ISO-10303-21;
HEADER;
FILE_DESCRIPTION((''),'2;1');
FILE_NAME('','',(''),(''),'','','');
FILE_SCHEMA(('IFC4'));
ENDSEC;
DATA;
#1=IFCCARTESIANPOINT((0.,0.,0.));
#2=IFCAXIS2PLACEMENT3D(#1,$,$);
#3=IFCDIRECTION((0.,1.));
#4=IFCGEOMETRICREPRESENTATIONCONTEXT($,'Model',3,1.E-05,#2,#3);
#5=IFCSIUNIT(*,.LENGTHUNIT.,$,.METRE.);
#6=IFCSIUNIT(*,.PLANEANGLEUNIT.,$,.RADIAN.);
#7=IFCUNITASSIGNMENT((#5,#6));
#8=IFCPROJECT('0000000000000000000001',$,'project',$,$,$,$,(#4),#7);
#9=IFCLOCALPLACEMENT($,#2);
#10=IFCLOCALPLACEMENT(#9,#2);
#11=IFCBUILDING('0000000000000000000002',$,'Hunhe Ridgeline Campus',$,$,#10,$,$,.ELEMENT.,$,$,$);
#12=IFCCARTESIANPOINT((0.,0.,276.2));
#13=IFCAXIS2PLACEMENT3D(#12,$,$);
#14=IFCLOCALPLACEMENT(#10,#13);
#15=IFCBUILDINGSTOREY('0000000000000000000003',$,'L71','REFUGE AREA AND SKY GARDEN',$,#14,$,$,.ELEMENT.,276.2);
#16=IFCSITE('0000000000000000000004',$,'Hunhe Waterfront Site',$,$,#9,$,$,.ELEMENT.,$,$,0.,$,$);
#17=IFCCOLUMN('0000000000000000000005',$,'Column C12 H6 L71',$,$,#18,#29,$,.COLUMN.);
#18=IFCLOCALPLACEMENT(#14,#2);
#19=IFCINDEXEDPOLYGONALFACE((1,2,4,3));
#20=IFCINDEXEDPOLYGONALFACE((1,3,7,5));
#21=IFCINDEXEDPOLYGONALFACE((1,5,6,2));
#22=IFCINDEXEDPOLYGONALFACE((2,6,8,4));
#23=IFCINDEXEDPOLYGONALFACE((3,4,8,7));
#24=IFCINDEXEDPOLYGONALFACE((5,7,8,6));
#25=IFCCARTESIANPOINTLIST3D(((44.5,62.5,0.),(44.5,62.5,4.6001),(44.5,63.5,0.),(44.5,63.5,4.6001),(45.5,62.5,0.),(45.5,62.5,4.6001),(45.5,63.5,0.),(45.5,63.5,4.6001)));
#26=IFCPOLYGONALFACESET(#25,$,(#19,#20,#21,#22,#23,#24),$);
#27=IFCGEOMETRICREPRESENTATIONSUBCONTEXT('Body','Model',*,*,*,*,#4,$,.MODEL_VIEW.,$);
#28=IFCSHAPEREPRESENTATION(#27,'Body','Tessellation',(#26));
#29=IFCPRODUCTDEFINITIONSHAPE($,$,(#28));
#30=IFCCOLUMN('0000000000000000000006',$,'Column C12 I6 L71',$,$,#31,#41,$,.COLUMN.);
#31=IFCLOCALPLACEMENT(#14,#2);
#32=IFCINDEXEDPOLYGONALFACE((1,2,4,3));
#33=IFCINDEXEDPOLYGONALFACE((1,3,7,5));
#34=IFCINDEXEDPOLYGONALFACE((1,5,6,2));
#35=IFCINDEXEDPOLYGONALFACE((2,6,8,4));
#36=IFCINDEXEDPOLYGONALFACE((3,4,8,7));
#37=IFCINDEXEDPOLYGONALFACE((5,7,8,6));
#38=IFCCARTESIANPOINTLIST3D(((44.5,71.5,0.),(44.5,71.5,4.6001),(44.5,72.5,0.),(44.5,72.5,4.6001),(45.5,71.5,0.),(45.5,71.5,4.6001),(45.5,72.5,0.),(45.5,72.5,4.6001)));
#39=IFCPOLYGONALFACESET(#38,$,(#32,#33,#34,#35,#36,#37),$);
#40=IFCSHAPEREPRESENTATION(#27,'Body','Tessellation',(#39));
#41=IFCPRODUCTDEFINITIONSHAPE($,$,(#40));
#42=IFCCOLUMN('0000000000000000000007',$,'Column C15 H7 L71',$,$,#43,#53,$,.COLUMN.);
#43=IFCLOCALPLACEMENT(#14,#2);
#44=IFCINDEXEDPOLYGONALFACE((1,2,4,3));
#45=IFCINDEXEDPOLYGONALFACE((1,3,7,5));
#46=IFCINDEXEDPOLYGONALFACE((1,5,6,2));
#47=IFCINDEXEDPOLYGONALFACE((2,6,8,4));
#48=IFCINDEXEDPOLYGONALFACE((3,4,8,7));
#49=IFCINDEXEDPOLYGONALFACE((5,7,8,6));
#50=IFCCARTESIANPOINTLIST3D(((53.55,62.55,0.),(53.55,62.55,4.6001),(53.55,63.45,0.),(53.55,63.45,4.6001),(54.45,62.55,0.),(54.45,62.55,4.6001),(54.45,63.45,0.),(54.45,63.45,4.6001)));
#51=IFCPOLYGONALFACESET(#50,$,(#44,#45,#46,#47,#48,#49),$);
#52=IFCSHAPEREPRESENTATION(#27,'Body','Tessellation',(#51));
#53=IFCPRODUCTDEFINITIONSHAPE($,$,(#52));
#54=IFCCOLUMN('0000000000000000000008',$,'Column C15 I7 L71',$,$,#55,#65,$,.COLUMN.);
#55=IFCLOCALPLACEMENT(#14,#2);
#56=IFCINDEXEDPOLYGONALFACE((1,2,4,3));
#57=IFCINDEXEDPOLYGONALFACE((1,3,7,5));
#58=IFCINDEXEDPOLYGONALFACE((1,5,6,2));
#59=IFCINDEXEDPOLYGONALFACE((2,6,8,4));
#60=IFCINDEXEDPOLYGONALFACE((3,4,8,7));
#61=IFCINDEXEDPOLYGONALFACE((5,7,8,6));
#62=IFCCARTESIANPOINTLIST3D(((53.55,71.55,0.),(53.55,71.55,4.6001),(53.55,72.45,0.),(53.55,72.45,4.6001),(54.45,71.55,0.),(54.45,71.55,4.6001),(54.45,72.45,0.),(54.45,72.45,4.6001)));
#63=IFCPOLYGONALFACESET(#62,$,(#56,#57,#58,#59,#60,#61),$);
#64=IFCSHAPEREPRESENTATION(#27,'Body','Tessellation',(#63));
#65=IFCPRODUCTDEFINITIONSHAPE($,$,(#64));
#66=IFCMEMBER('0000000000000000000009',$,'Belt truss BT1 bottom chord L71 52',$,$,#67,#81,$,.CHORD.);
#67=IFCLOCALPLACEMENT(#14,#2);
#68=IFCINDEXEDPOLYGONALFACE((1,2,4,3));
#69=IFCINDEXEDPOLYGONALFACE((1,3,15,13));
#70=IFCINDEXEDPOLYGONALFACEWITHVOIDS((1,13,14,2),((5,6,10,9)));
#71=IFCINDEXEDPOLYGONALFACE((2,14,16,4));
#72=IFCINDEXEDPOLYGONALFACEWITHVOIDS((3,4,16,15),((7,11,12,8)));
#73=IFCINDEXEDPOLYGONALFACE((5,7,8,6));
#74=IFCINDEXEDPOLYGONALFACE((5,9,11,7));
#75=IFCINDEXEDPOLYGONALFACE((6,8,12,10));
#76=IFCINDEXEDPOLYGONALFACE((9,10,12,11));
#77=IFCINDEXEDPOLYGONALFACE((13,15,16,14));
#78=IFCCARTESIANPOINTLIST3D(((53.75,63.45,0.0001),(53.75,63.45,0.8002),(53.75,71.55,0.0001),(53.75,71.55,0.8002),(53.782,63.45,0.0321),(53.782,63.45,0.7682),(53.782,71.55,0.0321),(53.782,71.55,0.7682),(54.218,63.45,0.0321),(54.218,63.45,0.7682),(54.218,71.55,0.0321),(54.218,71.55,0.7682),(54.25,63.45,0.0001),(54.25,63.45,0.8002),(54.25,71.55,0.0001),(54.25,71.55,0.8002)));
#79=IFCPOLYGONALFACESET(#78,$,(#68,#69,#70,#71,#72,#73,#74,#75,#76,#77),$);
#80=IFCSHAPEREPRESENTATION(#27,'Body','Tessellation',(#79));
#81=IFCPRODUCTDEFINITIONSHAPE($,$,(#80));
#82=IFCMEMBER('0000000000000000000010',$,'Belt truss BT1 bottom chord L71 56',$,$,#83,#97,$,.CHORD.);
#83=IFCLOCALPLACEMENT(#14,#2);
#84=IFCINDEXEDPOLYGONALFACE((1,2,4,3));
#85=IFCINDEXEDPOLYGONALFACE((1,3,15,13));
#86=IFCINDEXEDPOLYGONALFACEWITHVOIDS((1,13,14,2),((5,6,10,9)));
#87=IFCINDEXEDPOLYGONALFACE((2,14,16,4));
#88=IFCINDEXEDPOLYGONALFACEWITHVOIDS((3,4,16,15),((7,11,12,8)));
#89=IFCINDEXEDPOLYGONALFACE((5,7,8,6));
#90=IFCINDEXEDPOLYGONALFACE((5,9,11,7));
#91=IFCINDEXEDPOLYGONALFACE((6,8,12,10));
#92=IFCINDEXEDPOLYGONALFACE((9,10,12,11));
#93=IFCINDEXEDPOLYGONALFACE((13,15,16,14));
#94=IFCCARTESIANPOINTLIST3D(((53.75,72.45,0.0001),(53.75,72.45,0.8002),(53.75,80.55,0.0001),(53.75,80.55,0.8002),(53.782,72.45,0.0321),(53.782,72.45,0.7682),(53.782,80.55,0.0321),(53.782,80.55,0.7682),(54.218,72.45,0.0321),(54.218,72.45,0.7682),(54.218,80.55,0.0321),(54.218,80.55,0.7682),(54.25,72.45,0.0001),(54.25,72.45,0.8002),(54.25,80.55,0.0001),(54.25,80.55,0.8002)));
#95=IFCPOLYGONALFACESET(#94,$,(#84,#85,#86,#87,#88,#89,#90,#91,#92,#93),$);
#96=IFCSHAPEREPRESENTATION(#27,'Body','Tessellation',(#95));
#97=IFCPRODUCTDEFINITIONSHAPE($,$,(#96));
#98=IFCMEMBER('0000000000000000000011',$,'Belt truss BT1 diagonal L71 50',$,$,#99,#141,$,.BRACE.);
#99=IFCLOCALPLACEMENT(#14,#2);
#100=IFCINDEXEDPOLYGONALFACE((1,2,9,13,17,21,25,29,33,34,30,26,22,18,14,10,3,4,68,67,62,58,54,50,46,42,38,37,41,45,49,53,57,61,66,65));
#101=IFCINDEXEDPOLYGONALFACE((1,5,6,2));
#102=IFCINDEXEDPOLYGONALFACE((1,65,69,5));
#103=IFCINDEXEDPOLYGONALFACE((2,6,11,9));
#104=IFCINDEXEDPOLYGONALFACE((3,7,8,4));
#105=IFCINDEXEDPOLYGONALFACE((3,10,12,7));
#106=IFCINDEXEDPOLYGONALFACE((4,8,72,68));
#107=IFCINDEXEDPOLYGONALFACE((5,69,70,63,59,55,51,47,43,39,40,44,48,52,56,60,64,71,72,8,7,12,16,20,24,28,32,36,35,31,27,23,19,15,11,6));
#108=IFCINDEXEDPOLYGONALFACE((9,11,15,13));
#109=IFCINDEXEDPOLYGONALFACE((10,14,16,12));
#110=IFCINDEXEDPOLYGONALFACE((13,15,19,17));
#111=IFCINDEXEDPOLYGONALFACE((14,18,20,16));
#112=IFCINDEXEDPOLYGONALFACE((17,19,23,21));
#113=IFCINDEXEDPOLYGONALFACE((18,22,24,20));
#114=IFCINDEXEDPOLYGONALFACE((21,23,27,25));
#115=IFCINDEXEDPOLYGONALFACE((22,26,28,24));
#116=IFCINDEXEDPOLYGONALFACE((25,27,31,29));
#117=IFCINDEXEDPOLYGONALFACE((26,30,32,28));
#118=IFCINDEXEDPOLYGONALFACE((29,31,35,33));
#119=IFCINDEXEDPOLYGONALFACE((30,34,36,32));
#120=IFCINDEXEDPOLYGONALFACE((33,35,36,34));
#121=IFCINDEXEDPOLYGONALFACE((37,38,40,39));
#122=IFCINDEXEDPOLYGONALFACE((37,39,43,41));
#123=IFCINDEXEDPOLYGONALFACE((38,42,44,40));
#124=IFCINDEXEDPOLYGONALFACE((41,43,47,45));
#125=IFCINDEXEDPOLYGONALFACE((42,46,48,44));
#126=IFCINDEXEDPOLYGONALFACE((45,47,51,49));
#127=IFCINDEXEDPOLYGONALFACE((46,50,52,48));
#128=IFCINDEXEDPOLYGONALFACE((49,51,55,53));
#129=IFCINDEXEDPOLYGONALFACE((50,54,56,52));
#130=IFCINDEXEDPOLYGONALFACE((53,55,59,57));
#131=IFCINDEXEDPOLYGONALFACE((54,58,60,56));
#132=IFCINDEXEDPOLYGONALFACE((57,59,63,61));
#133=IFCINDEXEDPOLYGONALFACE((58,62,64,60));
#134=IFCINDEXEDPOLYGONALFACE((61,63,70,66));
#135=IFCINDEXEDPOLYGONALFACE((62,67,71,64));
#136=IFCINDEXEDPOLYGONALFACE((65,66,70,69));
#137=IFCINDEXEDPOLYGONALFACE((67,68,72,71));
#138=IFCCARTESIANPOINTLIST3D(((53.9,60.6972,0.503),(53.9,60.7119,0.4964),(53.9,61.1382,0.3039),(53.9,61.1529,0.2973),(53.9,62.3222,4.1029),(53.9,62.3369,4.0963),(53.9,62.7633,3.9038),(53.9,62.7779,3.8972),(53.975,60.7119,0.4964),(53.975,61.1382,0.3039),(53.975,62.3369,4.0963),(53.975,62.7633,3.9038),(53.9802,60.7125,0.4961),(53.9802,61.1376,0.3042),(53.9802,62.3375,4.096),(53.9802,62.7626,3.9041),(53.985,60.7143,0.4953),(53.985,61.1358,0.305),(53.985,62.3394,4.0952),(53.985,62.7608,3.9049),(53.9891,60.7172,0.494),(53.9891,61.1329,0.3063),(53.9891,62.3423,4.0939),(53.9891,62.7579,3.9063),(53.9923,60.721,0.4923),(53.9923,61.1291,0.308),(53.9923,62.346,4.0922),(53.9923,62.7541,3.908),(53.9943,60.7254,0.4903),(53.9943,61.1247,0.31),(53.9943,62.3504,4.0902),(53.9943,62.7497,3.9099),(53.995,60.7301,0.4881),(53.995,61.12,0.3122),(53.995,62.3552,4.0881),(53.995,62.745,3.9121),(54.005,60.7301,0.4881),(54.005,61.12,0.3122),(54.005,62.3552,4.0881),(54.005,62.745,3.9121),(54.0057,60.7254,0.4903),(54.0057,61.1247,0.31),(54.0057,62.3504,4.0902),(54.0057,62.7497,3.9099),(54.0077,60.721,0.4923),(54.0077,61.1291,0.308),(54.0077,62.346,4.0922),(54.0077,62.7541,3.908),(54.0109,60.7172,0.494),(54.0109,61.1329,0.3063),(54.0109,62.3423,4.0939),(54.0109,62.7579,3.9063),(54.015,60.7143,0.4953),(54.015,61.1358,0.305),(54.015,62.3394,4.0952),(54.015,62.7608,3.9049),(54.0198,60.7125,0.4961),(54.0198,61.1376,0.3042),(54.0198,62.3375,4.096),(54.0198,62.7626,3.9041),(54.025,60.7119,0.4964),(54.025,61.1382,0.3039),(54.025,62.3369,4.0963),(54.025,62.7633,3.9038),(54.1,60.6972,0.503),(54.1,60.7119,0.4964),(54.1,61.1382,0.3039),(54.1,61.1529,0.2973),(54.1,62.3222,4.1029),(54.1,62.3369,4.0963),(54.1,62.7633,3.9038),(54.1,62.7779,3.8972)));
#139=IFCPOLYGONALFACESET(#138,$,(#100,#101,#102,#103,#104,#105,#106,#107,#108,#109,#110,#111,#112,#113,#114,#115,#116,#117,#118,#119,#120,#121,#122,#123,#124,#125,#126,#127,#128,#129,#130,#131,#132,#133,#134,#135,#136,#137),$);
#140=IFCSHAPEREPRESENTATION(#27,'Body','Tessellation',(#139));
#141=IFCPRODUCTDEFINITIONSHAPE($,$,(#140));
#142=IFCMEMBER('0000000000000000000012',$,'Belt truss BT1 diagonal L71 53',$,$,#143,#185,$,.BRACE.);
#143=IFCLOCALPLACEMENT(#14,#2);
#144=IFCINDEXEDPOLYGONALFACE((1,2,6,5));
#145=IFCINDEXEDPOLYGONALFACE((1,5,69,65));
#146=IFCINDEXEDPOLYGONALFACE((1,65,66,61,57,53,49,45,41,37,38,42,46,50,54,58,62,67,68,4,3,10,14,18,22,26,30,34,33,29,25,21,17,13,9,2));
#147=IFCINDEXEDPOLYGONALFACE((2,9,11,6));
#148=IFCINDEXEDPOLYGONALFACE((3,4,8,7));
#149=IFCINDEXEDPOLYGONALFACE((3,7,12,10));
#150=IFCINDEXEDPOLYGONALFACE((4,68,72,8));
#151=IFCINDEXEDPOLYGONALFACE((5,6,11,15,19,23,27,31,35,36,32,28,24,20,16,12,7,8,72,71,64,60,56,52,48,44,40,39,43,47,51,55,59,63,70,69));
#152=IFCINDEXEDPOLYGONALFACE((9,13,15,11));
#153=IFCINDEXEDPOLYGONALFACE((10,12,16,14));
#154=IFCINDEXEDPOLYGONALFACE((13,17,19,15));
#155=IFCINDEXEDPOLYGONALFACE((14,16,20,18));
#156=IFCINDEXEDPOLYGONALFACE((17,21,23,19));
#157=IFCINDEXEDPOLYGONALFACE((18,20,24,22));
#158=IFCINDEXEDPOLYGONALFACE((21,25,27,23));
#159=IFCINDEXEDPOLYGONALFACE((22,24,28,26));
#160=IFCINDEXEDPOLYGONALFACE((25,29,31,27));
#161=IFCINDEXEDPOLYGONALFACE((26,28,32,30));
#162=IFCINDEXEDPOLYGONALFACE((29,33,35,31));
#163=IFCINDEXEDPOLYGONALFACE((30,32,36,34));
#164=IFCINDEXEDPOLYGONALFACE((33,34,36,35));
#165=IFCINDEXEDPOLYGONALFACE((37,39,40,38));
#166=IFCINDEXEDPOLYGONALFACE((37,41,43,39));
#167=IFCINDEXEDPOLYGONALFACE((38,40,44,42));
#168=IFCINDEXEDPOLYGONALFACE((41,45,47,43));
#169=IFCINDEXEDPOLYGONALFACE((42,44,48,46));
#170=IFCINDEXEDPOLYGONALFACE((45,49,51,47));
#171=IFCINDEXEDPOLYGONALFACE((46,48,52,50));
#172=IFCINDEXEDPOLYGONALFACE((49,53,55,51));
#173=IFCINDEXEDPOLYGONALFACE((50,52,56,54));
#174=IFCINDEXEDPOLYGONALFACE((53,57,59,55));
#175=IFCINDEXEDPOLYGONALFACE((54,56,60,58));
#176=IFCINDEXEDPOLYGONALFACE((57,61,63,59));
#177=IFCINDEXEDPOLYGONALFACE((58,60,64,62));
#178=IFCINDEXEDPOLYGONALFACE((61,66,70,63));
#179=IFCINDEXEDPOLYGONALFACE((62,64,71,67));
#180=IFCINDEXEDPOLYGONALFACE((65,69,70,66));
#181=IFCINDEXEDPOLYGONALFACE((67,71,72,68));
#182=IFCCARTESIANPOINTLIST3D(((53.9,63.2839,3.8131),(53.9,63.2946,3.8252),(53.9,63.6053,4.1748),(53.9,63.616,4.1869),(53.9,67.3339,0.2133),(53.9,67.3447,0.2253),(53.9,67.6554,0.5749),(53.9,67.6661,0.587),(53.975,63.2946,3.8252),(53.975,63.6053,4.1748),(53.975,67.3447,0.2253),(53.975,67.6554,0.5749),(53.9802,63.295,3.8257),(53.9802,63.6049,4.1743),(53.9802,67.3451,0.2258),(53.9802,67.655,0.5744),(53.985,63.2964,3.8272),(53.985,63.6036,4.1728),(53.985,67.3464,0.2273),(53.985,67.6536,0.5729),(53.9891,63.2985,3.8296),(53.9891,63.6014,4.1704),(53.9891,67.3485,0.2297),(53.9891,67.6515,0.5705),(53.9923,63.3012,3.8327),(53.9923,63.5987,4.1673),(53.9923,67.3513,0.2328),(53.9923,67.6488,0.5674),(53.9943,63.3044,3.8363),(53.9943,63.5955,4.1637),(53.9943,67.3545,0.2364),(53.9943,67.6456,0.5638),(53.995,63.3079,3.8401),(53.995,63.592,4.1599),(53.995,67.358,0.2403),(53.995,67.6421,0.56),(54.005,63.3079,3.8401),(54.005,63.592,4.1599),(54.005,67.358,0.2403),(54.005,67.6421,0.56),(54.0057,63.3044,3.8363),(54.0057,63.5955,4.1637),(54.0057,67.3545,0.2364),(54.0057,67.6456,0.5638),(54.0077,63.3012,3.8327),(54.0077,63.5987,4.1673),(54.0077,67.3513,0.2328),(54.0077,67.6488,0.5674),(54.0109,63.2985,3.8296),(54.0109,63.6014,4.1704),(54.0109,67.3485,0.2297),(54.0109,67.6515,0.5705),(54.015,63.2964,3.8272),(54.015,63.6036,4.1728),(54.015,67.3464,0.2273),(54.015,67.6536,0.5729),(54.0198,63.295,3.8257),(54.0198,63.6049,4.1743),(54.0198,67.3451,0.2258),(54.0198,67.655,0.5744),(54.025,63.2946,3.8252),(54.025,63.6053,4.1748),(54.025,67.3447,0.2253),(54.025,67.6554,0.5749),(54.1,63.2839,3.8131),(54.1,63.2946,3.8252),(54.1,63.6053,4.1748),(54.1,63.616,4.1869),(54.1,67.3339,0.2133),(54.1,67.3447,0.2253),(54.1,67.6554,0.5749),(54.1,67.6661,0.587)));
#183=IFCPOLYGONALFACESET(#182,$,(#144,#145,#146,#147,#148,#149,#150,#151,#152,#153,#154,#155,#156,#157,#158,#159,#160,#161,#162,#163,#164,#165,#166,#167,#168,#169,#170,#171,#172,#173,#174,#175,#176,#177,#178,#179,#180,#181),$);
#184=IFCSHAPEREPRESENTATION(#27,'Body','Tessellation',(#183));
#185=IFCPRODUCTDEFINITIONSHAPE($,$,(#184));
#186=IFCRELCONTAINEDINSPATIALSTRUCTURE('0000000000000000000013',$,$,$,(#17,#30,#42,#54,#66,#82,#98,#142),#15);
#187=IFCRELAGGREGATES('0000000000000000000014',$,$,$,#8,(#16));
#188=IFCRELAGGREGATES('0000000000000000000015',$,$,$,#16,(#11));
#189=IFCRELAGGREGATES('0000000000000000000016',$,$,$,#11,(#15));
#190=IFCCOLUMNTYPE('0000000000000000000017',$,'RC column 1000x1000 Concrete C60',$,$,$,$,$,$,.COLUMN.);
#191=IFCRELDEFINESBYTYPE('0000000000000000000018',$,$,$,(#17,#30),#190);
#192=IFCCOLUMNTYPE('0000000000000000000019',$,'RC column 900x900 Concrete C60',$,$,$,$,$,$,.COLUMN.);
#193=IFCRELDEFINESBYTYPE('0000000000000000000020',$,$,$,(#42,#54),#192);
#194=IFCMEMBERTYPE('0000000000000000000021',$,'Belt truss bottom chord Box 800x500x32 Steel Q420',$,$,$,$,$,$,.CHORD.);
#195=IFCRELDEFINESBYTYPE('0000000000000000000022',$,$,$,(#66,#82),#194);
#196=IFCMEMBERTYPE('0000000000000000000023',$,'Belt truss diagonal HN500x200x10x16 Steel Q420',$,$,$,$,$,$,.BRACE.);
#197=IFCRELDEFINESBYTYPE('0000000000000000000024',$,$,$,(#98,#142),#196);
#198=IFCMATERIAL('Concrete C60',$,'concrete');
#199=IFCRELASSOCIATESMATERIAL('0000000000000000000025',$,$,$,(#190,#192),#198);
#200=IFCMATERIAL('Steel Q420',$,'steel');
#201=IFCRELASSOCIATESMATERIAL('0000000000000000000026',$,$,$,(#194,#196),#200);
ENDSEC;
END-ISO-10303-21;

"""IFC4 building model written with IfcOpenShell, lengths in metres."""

from ifc_helpers import new_model, si_unit, direction, frame, origin, origin_2d, place, context, subcontext, project, spatial, rectangle, hollow_rectangle, i_section, extrude, material, material_profile, profile_set, type_object, element, save


model = new_model("IFC4")

# Units and contexts
model_context = context("Model", 3, precision=1e-05, world=origin(), true_north=direction((0.0, 1.0)))
body_context = subcontext(model_context, "Body", "Model", "MODEL_VIEW")
ifc_project = project(units=[si_unit("LENGTHUNIT", "METRE"), si_unit("PLANEANGLEUNIT", "RADIAN")], contexts=[model_context])

# Site, building, storey
site_placement = place(None, origin())
site = spatial("IfcSite", under=ifc_project, at=site_placement, Name="Hunhe Waterfront Site", CompositionType="ELEMENT", RefElevation=0.0)
building_placement = place(site_placement, origin())
building = spatial("IfcBuilding", under=site, at=building_placement, Name="Hunhe Ridgeline Campus", CompositionType="ELEMENT")
storey_placement = place(building_placement, frame((0.0, 0.0, 276.2)))
storey = spatial("IfcBuildingStorey", under=building, at=storey_placement, Name="L71", Description="REFUGE AREA AND SKY GARDEN", CompositionType="ELEMENT", Elevation=276.2)

# Columns
ifc_material_1 = material(Name="Concrete C60", Category="concrete")
ifc_material_profile_1 = material_profile(ifc_material_1, rectangle(XDim=1.0, YDim=1.0, at=origin_2d()))
ifc_profile_set_1 = profile_set([ifc_material_profile_1], Name="Concrete C60")
column_type_1 = type_object("IfcColumnType", Name="RC column 1000x1000 Concrete C60", PredefinedType="COLUMN", material=ifc_profile_set_1)
for number, where, z_axis, x_axis, name in (
    (1, (45.0, 63.0, 0.0), (0.0, 0.0, 1.0), (1.0, 0.0, 0.0), "Column C12 H6 L71"),
    (2, (45.0, 72.0, 0.0), (0.0, 0.0, 1.0), (1.0, 0.0, 0.0), "Column C12 I6 L71"),
):
    element("IfcColumn", number, at=place(storey_placement, frame(where, z_axis=z_axis, x_axis=x_axis)), inside=storey, type_object=column_type_1, Name=name, PredefinedType="COLUMN", context=body_context, shape_type="SweptSolid", body=[
        extrude(rectangle(XDim=1.0, YDim=1.0, at=origin_2d()), origin(), (0.0, 0.0, 1.0), 4.6001),
    ])
ifc_material_profile_2 = material_profile(ifc_material_1, rectangle(XDim=0.8999, YDim=0.8999, at=origin_2d()))
ifc_profile_set_2 = profile_set([ifc_material_profile_2], Name="Concrete C60")
column_type_2 = type_object("IfcColumnType", Name="RC column 900x900 Concrete C60", PredefinedType="COLUMN", material=ifc_profile_set_2)
for number, where, z_axis, x_axis, name in (
    (3, (54.0, 63.0, 0.0), (0.0, 0.0, 1.0), (1.0, 0.0, 0.0), "Column C15 H7 L71"),
    (4, (54.0, 72.0, 0.0), (0.0, 0.0, 1.0), (1.0, 0.0, 0.0), "Column C15 I7 L71"),
):
    element("IfcColumn", number, at=place(storey_placement, frame(where, z_axis=z_axis, x_axis=x_axis)), inside=storey, type_object=column_type_2, Name=name, PredefinedType="COLUMN", context=body_context, shape_type="SweptSolid", body=[
        extrude(rectangle(XDim=0.8999, YDim=0.8999, at=origin_2d()), origin(), (0.0, 0.0, 1.0), 4.6001),
    ])

# Members
ifc_material_2 = material(Name="Steel Q420", Category="steel")
ifc_material_profile_3 = material_profile(ifc_material_2, hollow_rectangle(XDim=0.5, YDim=0.8, WallThickness=0.032, at=origin_2d()))
ifc_profile_set_3 = profile_set([ifc_material_profile_3], Name="Steel Q420")
member_type_1 = type_object("IfcMemberType", Name="Belt truss bottom chord Box 800x500x32 Steel Q420", PredefinedType="CHORD", material=ifc_profile_set_3)
for number, where, z_axis, x_axis, name in (
    (5, (54.0, 63.45, 0.4001), (0.0, 1.0, 0.0), (-1.0, 0.0, 0.0), "Belt truss BT1 bottom chord L71 52"),
    (6, (54.0, 72.45, 0.4001), (0.0, 1.0, 0.0), (-1.0, 0.0, 0.0), "Belt truss BT1 bottom chord L71 56"),
):
    element("IfcMember", number, at=place(storey_placement, frame(where, z_axis=z_axis, x_axis=x_axis)), inside=storey, type_object=member_type_1, Name=name, PredefinedType="CHORD", context=body_context, shape_type="SweptSolid", body=[
        extrude(hollow_rectangle(XDim=0.5, YDim=0.8, WallThickness=0.032, at=origin_2d()), origin(), (0.0, 0.0, 1.0), 8.1001),
    ])
ifc_material_profile_4 = material_profile(ifc_material_2, i_section(OverallWidth=0.2, OverallDepth=0.5, WebThickness=0.01, FlangeThickness=0.0161, FilletRadius=0.02, at=origin_2d()))
ifc_profile_set_4 = profile_set([ifc_material_profile_4], Name="Steel Q420")
member_type_2 = type_object("IfcMemberType", Name="Belt truss diagonal HN500x200x10x16 Steel Q420", PredefinedType="BRACE", material=ifc_profile_set_4)
member_placement = place(storey_placement, frame((54.0, 60.925, 0.4001), z_axis=(0.0, 0.411431, 0.911441), x_axis=(-1.0, 0.0, 0.0)))
element("IfcMember", 7, at=member_placement, inside=storey, type_object=member_type_2, Name="Belt truss BT1 diagonal L71 50", PredefinedType="BRACE", context=body_context, shape_type="SweptSolid", body=[
    extrude(i_section(OverallWidth=0.2, OverallDepth=0.5, WebThickness=0.01, FlangeThickness=0.0161, FilletRadius=0.02, at=origin_2d()), origin(), (0.0, 0.0, 1.0), 3.9497),
])
for number, where, z_axis, x_axis, name in (
    (8, (54.0, 63.45, 4.0), (0.0, 0.747427, -0.664344), (-1.0, 0.0, 0.0), "Belt truss BT1 diagonal L71 53"),
):
    element("IfcMember", number, at=place(storey_placement, frame(where, z_axis=z_axis, x_axis=x_axis)), inside=storey, type_object=member_type_2, Name=name, PredefinedType="BRACE", context=body_context, shape_type="SweptSolid", body=[
        extrude(i_section(OverallWidth=0.2, OverallDepth=0.5, WebThickness=0.01, FlangeThickness=0.0161, FilletRadius=0.02, at=origin_2d()), origin(), (0.0, 0.0, 1.0), 5.4187),
    ])

save(model, "model.ifc")
